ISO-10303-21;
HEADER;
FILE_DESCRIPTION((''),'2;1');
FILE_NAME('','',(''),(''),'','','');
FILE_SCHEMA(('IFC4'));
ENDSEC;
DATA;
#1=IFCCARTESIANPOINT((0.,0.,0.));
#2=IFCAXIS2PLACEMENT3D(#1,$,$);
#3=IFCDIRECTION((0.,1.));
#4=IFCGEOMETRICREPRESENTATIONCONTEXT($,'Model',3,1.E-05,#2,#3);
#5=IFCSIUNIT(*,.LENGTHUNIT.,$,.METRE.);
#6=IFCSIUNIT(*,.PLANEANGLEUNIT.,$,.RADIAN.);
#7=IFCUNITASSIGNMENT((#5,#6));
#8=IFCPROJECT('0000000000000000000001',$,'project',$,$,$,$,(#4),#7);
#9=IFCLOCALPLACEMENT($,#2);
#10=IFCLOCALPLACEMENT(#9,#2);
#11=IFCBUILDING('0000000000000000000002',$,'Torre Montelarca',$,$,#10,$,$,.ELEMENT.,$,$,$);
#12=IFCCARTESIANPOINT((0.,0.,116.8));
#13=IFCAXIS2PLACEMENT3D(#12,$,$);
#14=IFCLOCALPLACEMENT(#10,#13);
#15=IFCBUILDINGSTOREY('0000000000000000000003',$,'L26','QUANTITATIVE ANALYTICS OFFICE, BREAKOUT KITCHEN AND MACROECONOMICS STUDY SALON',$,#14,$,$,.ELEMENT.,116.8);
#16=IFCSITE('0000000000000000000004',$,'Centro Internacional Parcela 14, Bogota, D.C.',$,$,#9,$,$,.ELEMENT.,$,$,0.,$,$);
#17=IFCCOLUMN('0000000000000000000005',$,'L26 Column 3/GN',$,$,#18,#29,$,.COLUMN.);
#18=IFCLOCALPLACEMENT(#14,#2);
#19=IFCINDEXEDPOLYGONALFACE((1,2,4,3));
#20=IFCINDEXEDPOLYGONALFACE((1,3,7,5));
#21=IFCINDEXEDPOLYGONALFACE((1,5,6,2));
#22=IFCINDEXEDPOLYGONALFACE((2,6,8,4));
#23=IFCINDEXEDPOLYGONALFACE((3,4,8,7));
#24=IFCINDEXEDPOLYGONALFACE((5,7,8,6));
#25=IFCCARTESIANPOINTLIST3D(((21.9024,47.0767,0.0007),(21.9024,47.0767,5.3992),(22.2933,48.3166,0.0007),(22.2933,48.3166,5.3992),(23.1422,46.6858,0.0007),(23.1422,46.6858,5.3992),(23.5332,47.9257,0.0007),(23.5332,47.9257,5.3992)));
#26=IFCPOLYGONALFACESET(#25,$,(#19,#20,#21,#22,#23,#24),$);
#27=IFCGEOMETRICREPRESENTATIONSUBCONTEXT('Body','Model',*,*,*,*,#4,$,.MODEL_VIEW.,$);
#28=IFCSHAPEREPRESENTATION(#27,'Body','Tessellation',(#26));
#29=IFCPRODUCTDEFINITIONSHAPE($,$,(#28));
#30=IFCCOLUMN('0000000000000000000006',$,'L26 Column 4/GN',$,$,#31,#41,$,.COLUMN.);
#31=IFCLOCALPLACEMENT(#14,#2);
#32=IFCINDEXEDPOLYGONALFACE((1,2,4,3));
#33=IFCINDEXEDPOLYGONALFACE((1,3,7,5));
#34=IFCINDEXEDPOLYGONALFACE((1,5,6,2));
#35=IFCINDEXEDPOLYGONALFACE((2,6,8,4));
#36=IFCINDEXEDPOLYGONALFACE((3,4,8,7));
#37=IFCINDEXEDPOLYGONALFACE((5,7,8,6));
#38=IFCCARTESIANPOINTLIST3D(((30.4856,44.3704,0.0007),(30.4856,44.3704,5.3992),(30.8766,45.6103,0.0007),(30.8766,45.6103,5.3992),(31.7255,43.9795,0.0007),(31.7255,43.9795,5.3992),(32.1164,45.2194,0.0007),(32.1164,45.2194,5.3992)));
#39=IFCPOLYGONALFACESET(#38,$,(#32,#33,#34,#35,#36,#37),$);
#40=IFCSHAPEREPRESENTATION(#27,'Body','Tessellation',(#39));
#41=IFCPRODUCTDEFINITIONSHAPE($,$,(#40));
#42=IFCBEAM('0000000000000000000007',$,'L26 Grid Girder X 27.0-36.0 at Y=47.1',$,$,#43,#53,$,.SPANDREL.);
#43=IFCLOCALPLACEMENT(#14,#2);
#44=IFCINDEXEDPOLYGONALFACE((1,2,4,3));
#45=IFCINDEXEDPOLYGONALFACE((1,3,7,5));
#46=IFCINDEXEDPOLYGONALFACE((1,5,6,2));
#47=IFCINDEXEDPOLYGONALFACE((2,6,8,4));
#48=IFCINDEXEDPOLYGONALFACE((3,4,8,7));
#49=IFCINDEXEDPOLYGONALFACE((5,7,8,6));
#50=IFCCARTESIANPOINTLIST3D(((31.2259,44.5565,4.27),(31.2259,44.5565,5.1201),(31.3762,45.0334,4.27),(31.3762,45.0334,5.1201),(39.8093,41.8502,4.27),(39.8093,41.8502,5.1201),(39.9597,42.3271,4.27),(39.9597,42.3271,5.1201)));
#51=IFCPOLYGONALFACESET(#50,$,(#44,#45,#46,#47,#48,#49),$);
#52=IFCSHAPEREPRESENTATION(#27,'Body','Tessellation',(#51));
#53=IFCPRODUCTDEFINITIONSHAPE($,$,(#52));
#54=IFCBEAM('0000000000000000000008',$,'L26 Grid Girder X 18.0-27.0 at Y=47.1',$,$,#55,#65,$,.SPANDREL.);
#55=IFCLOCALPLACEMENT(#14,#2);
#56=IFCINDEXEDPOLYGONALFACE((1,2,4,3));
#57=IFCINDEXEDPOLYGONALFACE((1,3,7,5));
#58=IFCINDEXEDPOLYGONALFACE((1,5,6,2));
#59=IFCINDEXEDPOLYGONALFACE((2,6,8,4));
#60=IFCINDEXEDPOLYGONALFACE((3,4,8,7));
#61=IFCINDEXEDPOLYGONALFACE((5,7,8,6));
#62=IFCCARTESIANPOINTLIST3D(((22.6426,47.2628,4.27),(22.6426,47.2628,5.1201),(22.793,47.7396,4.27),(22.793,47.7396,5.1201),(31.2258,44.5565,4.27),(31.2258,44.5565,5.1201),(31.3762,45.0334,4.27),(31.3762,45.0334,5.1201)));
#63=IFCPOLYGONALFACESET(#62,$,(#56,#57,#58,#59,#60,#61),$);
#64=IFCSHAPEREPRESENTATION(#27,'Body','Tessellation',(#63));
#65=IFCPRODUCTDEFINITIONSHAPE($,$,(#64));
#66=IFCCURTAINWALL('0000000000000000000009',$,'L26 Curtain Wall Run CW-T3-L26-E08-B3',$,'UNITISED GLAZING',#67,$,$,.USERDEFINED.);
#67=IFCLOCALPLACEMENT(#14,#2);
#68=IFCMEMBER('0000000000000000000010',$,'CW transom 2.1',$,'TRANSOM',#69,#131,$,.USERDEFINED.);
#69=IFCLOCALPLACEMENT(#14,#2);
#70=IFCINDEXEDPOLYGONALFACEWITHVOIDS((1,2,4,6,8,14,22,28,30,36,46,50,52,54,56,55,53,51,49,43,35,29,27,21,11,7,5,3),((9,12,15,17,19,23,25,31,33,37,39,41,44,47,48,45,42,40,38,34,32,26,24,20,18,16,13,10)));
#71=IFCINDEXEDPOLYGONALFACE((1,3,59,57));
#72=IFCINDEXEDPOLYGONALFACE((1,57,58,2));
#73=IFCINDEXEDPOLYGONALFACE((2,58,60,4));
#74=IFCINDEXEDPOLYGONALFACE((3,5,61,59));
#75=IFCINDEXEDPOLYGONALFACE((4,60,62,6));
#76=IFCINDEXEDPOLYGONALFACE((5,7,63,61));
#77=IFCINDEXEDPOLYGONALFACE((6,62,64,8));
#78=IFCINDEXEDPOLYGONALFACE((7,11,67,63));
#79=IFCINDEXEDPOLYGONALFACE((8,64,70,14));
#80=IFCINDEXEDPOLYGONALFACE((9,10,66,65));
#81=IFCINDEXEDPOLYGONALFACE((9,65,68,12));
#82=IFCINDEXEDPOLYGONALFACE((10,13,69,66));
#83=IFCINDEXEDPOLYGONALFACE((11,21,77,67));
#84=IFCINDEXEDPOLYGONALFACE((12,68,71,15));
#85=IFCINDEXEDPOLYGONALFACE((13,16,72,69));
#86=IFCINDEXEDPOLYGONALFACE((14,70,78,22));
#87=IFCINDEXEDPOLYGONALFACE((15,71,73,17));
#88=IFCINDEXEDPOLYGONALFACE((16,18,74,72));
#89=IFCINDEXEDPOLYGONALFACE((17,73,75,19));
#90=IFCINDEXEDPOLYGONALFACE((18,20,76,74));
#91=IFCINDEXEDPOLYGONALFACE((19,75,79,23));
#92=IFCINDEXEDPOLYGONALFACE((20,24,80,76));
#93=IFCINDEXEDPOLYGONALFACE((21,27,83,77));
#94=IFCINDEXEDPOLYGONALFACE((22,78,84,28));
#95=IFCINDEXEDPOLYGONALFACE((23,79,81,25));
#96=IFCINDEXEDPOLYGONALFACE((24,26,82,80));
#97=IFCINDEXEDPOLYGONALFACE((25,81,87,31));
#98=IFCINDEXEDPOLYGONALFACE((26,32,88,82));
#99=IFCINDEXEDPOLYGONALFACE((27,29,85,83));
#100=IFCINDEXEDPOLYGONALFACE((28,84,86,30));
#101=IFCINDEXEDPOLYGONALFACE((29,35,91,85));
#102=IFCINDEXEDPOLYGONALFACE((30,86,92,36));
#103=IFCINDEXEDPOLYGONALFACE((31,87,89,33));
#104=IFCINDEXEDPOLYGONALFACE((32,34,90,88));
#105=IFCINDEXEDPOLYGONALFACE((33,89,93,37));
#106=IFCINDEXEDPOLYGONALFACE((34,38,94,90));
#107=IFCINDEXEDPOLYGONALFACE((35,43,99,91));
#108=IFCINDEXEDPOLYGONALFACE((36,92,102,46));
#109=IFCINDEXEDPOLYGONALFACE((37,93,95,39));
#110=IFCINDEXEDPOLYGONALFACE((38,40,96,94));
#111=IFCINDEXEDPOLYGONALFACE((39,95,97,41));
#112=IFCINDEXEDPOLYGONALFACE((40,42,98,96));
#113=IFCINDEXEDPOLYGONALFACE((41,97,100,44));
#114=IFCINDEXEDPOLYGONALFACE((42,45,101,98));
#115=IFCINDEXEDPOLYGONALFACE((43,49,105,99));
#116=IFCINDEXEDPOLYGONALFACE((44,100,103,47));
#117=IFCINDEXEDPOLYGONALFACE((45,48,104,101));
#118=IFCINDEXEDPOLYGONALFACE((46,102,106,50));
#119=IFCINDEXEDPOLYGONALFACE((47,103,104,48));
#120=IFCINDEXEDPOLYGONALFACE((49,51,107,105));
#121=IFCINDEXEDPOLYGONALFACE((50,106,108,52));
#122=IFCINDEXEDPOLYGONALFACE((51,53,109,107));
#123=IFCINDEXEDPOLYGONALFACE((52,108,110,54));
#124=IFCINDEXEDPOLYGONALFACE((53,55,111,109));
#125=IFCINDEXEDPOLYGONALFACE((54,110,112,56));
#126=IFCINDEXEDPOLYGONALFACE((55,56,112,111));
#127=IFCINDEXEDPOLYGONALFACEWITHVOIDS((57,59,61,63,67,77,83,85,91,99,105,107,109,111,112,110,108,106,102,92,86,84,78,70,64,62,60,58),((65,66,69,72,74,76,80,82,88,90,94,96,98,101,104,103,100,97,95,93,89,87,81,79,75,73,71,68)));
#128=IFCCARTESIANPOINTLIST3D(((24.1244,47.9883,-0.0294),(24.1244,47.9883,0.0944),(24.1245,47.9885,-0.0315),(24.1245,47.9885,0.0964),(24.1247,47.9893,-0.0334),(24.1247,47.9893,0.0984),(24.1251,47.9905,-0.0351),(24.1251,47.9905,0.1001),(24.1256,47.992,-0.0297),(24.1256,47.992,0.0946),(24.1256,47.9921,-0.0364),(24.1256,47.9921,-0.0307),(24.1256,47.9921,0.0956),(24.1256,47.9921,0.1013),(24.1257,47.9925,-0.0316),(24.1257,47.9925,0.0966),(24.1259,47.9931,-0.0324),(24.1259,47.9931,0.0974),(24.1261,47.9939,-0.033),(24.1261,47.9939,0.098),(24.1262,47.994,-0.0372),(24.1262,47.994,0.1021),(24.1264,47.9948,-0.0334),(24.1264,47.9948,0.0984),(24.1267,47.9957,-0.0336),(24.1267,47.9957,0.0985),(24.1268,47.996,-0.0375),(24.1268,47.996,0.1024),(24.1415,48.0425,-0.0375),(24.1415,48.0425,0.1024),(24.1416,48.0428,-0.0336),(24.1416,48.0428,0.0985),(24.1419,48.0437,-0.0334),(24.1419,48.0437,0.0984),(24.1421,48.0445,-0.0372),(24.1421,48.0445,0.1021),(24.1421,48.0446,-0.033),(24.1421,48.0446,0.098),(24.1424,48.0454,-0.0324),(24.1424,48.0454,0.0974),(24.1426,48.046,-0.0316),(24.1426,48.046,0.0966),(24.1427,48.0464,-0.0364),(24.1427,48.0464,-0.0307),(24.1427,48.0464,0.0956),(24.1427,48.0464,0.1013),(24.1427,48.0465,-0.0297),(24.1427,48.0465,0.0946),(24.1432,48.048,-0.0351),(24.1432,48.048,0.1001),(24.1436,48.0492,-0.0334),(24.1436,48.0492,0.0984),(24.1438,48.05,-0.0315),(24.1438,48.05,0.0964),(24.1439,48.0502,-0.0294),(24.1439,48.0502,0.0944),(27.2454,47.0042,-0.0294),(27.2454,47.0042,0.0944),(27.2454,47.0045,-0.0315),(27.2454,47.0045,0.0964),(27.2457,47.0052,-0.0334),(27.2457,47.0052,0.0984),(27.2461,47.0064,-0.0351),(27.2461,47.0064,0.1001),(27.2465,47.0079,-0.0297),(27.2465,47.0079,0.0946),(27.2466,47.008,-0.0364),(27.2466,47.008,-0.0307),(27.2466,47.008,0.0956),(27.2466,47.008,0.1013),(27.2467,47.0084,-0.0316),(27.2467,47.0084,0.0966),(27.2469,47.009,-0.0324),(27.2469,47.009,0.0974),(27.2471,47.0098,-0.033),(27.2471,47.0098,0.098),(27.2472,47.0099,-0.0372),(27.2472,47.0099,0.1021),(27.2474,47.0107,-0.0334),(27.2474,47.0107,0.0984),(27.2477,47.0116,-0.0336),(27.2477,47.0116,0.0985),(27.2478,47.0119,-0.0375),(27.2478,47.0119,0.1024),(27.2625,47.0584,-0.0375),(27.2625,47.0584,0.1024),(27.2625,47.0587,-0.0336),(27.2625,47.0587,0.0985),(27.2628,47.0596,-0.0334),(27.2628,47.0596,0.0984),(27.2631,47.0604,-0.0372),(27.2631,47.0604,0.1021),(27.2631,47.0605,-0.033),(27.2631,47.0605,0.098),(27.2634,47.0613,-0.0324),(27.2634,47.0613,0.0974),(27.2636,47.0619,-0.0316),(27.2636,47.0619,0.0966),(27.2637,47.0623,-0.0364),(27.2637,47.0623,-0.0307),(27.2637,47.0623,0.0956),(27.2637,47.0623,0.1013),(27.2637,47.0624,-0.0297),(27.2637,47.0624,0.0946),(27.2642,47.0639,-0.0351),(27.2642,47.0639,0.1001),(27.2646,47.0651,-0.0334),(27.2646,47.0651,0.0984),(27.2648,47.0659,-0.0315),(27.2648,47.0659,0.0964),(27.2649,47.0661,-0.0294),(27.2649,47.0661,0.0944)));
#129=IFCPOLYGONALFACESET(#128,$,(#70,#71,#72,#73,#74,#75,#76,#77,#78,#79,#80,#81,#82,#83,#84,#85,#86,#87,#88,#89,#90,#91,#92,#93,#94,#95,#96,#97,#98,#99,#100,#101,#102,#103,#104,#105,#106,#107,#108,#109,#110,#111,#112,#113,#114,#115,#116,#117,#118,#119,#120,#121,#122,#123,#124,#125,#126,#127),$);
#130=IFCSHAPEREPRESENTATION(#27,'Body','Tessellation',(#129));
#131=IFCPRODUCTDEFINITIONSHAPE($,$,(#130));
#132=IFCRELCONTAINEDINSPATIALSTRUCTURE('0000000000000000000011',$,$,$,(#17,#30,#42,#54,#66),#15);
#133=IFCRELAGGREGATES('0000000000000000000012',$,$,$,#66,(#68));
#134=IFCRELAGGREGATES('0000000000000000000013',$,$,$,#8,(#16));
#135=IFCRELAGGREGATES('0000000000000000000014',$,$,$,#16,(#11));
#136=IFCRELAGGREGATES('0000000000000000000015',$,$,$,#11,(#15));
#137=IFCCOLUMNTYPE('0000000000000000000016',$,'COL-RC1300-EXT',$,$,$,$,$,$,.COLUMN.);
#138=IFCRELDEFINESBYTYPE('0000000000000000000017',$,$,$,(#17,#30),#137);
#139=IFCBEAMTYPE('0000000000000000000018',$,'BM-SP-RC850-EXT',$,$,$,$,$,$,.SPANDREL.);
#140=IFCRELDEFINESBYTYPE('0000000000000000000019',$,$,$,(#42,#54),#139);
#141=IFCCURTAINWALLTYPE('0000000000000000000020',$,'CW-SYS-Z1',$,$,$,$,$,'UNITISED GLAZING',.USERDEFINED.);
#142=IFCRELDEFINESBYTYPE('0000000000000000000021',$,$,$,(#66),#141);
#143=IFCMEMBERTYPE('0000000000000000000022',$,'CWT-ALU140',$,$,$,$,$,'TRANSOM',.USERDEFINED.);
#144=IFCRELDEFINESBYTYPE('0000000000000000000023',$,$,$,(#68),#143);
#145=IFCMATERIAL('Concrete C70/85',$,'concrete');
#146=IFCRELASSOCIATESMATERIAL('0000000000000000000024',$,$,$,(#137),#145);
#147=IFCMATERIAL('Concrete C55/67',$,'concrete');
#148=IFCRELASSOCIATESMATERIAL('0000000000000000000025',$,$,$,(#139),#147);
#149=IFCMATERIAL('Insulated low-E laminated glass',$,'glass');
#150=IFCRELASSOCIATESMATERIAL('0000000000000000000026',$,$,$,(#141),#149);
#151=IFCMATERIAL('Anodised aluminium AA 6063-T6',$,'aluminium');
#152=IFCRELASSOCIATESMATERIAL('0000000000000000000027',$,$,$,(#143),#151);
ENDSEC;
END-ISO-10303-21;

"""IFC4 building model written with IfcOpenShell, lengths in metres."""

from ifc_helpers import new_model, si_unit, direction, frame, origin, origin_2d, place, context, subcontext, project, spatial, rectangle, hollow_rectangle, extrude, source, transform, mapped, material, material_profile, profile_set, type_object, element, aggregate, save


model = new_model("IFC4")

# Units and contexts
model_context = context("Model", 3, precision=1e-05, world=origin(), true_north=direction((0.0, 1.0)))
body_context = subcontext(model_context, "Body", "Model", "MODEL_VIEW")
ifc_project = project(units=[si_unit("LENGTHUNIT", "METRE"), si_unit("PLANEANGLEUNIT", "RADIAN")], contexts=[model_context])

# Site, building, storey
site_placement = place(None, origin())
site = spatial("IfcSite", under=ifc_project, at=site_placement, Name="Centro Internacional Parcela 14, Bogota, D.C.", CompositionType="ELEMENT", RefElevation=0.0)
building_placement = place(site_placement, origin())
building = spatial("IfcBuilding", under=site, at=building_placement, Name="Torre Montelarca", CompositionType="ELEMENT")
storey_placement = place(building_placement, frame((0.0, 0.0, 116.8)))
storey = spatial("IfcBuildingStorey", under=building, at=storey_placement, Name="L26", Description="QUANTITATIVE ANALYTICS OFFICE, BREAKOUT KITCHEN AND MACROECONOMICS STUDY SALON", CompositionType="ELEMENT", Elevation=116.8)

# Columns
ifc_material_1 = material(Name="Concrete C70/85", Category="concrete")
ifc_material_profile_1 = material_profile(ifc_material_1, rectangle(XDim=1.3, YDim=1.3, at=origin_2d()), Name="RC1300X1300", Category="concrete")
ifc_profile_set_1 = profile_set([ifc_material_profile_1], Name="Concrete C70/85")
column_type = type_object("IfcColumnType", Name="COL-RC1300-EXT", PredefinedType="COLUMN", material=ifc_profile_set_1)
shared_shape_1 = source(origin(), body_context, "Body", "SweptSolid", [
    extrude(rectangle(XDim=1.3, YDim=1.3, at=origin_2d()), origin(), (0.0, 0.0, 1.0), 5.3984),
])
for number, where, z_axis, x_axis, name in (
    (1, (22.7178, 47.5012, 0.0007), (0.0, 0.0, 1.0), (-0.953717, 0.300706, 0.0), "L26 Column 3/GN"),
    (2, (31.301, 44.7949, 0.0007), (0.0, 0.0, 1.0), (-0.953717, 0.300706, 0.0), "L26 Column 4/GN"),
):
    element("IfcColumn", number, at=place(storey_placement, frame(where, z_axis=z_axis, x_axis=x_axis)), inside=storey, type_object=column_type, Name=name, PredefinedType="COLUMN", context=body_context, shape_type="MappedRepresentation", body=[
        mapped(shared_shape_1, transform((0.0, 0.0, 0.0), scale=1.0)),
    ])

# Beams
ifc_material_2 = material(Name="Concrete C55/67", Category="concrete")
ifc_material_profile_2 = material_profile(ifc_material_2, rectangle(XDim=0.5, YDim=0.8501, at=origin_2d()), Name="RCB500X850", Category="concrete")
ifc_profile_set_2 = profile_set([ifc_material_profile_2], Name="Concrete C55/67")
beam_type = type_object("IfcBeamType", Name="BM-SP-RC850-EXT", PredefinedType="SPANDREL", material=ifc_profile_set_2)
shared_shape_2 = source(origin(), body_context, "Body", "SweptSolid", [
    extrude(rectangle(XDim=0.5, YDim=0.8501, at=origin_2d()), origin(), (0.0, 0.0, 1.0), 9.0),
])
beam_1_placement = place(storey_placement, frame((31.301, 44.7949, 4.6951), z_axis=(0.953719, -0.300699, 0.0), x_axis=(0.300699, 0.953719, 0.0)))
element("IfcBeam", 3, at=beam_1_placement, inside=storey, type_object=beam_type, Name="L26 Grid Girder X 27.0-36.0 at Y=47.1", PredefinedType="SPANDREL", context=body_context, shape_type="MappedRepresentation", body=[
    mapped(shared_shape_2, transform((0.0, 0.0, 0.0), scale=1.0)),
])
shared_shape_3 = source(origin(), body_context, "Body", "SweptSolid", [
    extrude(rectangle(XDim=0.5, YDim=0.8501, at=origin_2d()), origin(), (0.0, 0.0, 1.0), 8.9998),
])
beam_2_placement = place(storey_placement, frame((22.7178, 47.5012, 4.6951), z_axis=(0.953717, -0.300707, 0.0), x_axis=(0.300707, 0.953717, 0.0)))
element("IfcBeam", 4, at=beam_2_placement, inside=storey, type_object=beam_type, Name="L26 Grid Girder X 18.0-27.0 at Y=47.1", PredefinedType="SPANDREL", context=body_context, shape_type="MappedRepresentation", body=[
    mapped(shared_shape_3, transform((0.0, 0.0, 0.0), scale=1.0)),
])

# Curtain wall, member
ifc_material_3 = material(Name="Insulated low-E laminated glass", Category="glass")
curtain_wall_type = type_object("IfcCurtainWallType", Name="CW-SYS-Z1", ElementType="UNITISED GLAZING", PredefinedType="USERDEFINED", material=ifc_material_3)
curtain_wall_1_placement = place(storey_placement, origin())
curtain_wall_1 = element("IfcCurtainWall", 5, at=curtain_wall_1_placement, inside=storey, type_object=curtain_wall_type, Name="L26 Curtain Wall Run CW-T3-L26-E08-B3", ObjectType="UNITISED GLAZING", PredefinedType="USERDEFINED")
ifc_material_4 = material(Name="Anodised aluminium AA 6063-T6", Category="aluminium")
ifc_material_profile_3 = material_profile(ifc_material_4, hollow_rectangle(XDim=0.0649, YDim=0.1399, WallThickness=0.0039, InnerFilletRadius=0.0039, OuterFilletRadius=0.0081, at=origin_2d()), Name="ALU65X140X4", Category="aluminium")
ifc_profile_set_3 = profile_set([ifc_material_profile_3], Name="Anodised aluminium AA 6063-T6")
member_type_1 = type_object("IfcMemberType", Name="CWT-ALU140", ElementType="TRANSOM", PredefinedType="USERDEFINED", material=ifc_profile_set_3)
shared_shape_4 = source(origin(), body_context, "Body", "SweptSolid", [
    extrude(hollow_rectangle(XDim=0.0649, YDim=0.1399, WallThickness=0.0039, InnerFilletRadius=0.0039, OuterFilletRadius=0.0081, at=origin_2d()), origin(), (0.0, 0.0, 1.0), 3.2725),
])
member_1_placement = place(storey_placement, frame((27.2551, 47.0352, 0.0325), z_axis=(-0.953712, 0.300721, 0.0), x_axis=(-0.300721, -0.953712, 0.0)))
member_1 = element("IfcMember", 6, at=member_1_placement, type_object=member_type_1, Name="CW transom 2.1", ObjectType="TRANSOM", PredefinedType="USERDEFINED", context=body_context, shape_type="MappedRepresentation", body=[
    mapped(shared_shape_4, transform((0.0, 0.0, 0.0), scale=1.0)),
])

aggregate(curtain_wall_1, [member_1])

save(model, "model.ifc")
